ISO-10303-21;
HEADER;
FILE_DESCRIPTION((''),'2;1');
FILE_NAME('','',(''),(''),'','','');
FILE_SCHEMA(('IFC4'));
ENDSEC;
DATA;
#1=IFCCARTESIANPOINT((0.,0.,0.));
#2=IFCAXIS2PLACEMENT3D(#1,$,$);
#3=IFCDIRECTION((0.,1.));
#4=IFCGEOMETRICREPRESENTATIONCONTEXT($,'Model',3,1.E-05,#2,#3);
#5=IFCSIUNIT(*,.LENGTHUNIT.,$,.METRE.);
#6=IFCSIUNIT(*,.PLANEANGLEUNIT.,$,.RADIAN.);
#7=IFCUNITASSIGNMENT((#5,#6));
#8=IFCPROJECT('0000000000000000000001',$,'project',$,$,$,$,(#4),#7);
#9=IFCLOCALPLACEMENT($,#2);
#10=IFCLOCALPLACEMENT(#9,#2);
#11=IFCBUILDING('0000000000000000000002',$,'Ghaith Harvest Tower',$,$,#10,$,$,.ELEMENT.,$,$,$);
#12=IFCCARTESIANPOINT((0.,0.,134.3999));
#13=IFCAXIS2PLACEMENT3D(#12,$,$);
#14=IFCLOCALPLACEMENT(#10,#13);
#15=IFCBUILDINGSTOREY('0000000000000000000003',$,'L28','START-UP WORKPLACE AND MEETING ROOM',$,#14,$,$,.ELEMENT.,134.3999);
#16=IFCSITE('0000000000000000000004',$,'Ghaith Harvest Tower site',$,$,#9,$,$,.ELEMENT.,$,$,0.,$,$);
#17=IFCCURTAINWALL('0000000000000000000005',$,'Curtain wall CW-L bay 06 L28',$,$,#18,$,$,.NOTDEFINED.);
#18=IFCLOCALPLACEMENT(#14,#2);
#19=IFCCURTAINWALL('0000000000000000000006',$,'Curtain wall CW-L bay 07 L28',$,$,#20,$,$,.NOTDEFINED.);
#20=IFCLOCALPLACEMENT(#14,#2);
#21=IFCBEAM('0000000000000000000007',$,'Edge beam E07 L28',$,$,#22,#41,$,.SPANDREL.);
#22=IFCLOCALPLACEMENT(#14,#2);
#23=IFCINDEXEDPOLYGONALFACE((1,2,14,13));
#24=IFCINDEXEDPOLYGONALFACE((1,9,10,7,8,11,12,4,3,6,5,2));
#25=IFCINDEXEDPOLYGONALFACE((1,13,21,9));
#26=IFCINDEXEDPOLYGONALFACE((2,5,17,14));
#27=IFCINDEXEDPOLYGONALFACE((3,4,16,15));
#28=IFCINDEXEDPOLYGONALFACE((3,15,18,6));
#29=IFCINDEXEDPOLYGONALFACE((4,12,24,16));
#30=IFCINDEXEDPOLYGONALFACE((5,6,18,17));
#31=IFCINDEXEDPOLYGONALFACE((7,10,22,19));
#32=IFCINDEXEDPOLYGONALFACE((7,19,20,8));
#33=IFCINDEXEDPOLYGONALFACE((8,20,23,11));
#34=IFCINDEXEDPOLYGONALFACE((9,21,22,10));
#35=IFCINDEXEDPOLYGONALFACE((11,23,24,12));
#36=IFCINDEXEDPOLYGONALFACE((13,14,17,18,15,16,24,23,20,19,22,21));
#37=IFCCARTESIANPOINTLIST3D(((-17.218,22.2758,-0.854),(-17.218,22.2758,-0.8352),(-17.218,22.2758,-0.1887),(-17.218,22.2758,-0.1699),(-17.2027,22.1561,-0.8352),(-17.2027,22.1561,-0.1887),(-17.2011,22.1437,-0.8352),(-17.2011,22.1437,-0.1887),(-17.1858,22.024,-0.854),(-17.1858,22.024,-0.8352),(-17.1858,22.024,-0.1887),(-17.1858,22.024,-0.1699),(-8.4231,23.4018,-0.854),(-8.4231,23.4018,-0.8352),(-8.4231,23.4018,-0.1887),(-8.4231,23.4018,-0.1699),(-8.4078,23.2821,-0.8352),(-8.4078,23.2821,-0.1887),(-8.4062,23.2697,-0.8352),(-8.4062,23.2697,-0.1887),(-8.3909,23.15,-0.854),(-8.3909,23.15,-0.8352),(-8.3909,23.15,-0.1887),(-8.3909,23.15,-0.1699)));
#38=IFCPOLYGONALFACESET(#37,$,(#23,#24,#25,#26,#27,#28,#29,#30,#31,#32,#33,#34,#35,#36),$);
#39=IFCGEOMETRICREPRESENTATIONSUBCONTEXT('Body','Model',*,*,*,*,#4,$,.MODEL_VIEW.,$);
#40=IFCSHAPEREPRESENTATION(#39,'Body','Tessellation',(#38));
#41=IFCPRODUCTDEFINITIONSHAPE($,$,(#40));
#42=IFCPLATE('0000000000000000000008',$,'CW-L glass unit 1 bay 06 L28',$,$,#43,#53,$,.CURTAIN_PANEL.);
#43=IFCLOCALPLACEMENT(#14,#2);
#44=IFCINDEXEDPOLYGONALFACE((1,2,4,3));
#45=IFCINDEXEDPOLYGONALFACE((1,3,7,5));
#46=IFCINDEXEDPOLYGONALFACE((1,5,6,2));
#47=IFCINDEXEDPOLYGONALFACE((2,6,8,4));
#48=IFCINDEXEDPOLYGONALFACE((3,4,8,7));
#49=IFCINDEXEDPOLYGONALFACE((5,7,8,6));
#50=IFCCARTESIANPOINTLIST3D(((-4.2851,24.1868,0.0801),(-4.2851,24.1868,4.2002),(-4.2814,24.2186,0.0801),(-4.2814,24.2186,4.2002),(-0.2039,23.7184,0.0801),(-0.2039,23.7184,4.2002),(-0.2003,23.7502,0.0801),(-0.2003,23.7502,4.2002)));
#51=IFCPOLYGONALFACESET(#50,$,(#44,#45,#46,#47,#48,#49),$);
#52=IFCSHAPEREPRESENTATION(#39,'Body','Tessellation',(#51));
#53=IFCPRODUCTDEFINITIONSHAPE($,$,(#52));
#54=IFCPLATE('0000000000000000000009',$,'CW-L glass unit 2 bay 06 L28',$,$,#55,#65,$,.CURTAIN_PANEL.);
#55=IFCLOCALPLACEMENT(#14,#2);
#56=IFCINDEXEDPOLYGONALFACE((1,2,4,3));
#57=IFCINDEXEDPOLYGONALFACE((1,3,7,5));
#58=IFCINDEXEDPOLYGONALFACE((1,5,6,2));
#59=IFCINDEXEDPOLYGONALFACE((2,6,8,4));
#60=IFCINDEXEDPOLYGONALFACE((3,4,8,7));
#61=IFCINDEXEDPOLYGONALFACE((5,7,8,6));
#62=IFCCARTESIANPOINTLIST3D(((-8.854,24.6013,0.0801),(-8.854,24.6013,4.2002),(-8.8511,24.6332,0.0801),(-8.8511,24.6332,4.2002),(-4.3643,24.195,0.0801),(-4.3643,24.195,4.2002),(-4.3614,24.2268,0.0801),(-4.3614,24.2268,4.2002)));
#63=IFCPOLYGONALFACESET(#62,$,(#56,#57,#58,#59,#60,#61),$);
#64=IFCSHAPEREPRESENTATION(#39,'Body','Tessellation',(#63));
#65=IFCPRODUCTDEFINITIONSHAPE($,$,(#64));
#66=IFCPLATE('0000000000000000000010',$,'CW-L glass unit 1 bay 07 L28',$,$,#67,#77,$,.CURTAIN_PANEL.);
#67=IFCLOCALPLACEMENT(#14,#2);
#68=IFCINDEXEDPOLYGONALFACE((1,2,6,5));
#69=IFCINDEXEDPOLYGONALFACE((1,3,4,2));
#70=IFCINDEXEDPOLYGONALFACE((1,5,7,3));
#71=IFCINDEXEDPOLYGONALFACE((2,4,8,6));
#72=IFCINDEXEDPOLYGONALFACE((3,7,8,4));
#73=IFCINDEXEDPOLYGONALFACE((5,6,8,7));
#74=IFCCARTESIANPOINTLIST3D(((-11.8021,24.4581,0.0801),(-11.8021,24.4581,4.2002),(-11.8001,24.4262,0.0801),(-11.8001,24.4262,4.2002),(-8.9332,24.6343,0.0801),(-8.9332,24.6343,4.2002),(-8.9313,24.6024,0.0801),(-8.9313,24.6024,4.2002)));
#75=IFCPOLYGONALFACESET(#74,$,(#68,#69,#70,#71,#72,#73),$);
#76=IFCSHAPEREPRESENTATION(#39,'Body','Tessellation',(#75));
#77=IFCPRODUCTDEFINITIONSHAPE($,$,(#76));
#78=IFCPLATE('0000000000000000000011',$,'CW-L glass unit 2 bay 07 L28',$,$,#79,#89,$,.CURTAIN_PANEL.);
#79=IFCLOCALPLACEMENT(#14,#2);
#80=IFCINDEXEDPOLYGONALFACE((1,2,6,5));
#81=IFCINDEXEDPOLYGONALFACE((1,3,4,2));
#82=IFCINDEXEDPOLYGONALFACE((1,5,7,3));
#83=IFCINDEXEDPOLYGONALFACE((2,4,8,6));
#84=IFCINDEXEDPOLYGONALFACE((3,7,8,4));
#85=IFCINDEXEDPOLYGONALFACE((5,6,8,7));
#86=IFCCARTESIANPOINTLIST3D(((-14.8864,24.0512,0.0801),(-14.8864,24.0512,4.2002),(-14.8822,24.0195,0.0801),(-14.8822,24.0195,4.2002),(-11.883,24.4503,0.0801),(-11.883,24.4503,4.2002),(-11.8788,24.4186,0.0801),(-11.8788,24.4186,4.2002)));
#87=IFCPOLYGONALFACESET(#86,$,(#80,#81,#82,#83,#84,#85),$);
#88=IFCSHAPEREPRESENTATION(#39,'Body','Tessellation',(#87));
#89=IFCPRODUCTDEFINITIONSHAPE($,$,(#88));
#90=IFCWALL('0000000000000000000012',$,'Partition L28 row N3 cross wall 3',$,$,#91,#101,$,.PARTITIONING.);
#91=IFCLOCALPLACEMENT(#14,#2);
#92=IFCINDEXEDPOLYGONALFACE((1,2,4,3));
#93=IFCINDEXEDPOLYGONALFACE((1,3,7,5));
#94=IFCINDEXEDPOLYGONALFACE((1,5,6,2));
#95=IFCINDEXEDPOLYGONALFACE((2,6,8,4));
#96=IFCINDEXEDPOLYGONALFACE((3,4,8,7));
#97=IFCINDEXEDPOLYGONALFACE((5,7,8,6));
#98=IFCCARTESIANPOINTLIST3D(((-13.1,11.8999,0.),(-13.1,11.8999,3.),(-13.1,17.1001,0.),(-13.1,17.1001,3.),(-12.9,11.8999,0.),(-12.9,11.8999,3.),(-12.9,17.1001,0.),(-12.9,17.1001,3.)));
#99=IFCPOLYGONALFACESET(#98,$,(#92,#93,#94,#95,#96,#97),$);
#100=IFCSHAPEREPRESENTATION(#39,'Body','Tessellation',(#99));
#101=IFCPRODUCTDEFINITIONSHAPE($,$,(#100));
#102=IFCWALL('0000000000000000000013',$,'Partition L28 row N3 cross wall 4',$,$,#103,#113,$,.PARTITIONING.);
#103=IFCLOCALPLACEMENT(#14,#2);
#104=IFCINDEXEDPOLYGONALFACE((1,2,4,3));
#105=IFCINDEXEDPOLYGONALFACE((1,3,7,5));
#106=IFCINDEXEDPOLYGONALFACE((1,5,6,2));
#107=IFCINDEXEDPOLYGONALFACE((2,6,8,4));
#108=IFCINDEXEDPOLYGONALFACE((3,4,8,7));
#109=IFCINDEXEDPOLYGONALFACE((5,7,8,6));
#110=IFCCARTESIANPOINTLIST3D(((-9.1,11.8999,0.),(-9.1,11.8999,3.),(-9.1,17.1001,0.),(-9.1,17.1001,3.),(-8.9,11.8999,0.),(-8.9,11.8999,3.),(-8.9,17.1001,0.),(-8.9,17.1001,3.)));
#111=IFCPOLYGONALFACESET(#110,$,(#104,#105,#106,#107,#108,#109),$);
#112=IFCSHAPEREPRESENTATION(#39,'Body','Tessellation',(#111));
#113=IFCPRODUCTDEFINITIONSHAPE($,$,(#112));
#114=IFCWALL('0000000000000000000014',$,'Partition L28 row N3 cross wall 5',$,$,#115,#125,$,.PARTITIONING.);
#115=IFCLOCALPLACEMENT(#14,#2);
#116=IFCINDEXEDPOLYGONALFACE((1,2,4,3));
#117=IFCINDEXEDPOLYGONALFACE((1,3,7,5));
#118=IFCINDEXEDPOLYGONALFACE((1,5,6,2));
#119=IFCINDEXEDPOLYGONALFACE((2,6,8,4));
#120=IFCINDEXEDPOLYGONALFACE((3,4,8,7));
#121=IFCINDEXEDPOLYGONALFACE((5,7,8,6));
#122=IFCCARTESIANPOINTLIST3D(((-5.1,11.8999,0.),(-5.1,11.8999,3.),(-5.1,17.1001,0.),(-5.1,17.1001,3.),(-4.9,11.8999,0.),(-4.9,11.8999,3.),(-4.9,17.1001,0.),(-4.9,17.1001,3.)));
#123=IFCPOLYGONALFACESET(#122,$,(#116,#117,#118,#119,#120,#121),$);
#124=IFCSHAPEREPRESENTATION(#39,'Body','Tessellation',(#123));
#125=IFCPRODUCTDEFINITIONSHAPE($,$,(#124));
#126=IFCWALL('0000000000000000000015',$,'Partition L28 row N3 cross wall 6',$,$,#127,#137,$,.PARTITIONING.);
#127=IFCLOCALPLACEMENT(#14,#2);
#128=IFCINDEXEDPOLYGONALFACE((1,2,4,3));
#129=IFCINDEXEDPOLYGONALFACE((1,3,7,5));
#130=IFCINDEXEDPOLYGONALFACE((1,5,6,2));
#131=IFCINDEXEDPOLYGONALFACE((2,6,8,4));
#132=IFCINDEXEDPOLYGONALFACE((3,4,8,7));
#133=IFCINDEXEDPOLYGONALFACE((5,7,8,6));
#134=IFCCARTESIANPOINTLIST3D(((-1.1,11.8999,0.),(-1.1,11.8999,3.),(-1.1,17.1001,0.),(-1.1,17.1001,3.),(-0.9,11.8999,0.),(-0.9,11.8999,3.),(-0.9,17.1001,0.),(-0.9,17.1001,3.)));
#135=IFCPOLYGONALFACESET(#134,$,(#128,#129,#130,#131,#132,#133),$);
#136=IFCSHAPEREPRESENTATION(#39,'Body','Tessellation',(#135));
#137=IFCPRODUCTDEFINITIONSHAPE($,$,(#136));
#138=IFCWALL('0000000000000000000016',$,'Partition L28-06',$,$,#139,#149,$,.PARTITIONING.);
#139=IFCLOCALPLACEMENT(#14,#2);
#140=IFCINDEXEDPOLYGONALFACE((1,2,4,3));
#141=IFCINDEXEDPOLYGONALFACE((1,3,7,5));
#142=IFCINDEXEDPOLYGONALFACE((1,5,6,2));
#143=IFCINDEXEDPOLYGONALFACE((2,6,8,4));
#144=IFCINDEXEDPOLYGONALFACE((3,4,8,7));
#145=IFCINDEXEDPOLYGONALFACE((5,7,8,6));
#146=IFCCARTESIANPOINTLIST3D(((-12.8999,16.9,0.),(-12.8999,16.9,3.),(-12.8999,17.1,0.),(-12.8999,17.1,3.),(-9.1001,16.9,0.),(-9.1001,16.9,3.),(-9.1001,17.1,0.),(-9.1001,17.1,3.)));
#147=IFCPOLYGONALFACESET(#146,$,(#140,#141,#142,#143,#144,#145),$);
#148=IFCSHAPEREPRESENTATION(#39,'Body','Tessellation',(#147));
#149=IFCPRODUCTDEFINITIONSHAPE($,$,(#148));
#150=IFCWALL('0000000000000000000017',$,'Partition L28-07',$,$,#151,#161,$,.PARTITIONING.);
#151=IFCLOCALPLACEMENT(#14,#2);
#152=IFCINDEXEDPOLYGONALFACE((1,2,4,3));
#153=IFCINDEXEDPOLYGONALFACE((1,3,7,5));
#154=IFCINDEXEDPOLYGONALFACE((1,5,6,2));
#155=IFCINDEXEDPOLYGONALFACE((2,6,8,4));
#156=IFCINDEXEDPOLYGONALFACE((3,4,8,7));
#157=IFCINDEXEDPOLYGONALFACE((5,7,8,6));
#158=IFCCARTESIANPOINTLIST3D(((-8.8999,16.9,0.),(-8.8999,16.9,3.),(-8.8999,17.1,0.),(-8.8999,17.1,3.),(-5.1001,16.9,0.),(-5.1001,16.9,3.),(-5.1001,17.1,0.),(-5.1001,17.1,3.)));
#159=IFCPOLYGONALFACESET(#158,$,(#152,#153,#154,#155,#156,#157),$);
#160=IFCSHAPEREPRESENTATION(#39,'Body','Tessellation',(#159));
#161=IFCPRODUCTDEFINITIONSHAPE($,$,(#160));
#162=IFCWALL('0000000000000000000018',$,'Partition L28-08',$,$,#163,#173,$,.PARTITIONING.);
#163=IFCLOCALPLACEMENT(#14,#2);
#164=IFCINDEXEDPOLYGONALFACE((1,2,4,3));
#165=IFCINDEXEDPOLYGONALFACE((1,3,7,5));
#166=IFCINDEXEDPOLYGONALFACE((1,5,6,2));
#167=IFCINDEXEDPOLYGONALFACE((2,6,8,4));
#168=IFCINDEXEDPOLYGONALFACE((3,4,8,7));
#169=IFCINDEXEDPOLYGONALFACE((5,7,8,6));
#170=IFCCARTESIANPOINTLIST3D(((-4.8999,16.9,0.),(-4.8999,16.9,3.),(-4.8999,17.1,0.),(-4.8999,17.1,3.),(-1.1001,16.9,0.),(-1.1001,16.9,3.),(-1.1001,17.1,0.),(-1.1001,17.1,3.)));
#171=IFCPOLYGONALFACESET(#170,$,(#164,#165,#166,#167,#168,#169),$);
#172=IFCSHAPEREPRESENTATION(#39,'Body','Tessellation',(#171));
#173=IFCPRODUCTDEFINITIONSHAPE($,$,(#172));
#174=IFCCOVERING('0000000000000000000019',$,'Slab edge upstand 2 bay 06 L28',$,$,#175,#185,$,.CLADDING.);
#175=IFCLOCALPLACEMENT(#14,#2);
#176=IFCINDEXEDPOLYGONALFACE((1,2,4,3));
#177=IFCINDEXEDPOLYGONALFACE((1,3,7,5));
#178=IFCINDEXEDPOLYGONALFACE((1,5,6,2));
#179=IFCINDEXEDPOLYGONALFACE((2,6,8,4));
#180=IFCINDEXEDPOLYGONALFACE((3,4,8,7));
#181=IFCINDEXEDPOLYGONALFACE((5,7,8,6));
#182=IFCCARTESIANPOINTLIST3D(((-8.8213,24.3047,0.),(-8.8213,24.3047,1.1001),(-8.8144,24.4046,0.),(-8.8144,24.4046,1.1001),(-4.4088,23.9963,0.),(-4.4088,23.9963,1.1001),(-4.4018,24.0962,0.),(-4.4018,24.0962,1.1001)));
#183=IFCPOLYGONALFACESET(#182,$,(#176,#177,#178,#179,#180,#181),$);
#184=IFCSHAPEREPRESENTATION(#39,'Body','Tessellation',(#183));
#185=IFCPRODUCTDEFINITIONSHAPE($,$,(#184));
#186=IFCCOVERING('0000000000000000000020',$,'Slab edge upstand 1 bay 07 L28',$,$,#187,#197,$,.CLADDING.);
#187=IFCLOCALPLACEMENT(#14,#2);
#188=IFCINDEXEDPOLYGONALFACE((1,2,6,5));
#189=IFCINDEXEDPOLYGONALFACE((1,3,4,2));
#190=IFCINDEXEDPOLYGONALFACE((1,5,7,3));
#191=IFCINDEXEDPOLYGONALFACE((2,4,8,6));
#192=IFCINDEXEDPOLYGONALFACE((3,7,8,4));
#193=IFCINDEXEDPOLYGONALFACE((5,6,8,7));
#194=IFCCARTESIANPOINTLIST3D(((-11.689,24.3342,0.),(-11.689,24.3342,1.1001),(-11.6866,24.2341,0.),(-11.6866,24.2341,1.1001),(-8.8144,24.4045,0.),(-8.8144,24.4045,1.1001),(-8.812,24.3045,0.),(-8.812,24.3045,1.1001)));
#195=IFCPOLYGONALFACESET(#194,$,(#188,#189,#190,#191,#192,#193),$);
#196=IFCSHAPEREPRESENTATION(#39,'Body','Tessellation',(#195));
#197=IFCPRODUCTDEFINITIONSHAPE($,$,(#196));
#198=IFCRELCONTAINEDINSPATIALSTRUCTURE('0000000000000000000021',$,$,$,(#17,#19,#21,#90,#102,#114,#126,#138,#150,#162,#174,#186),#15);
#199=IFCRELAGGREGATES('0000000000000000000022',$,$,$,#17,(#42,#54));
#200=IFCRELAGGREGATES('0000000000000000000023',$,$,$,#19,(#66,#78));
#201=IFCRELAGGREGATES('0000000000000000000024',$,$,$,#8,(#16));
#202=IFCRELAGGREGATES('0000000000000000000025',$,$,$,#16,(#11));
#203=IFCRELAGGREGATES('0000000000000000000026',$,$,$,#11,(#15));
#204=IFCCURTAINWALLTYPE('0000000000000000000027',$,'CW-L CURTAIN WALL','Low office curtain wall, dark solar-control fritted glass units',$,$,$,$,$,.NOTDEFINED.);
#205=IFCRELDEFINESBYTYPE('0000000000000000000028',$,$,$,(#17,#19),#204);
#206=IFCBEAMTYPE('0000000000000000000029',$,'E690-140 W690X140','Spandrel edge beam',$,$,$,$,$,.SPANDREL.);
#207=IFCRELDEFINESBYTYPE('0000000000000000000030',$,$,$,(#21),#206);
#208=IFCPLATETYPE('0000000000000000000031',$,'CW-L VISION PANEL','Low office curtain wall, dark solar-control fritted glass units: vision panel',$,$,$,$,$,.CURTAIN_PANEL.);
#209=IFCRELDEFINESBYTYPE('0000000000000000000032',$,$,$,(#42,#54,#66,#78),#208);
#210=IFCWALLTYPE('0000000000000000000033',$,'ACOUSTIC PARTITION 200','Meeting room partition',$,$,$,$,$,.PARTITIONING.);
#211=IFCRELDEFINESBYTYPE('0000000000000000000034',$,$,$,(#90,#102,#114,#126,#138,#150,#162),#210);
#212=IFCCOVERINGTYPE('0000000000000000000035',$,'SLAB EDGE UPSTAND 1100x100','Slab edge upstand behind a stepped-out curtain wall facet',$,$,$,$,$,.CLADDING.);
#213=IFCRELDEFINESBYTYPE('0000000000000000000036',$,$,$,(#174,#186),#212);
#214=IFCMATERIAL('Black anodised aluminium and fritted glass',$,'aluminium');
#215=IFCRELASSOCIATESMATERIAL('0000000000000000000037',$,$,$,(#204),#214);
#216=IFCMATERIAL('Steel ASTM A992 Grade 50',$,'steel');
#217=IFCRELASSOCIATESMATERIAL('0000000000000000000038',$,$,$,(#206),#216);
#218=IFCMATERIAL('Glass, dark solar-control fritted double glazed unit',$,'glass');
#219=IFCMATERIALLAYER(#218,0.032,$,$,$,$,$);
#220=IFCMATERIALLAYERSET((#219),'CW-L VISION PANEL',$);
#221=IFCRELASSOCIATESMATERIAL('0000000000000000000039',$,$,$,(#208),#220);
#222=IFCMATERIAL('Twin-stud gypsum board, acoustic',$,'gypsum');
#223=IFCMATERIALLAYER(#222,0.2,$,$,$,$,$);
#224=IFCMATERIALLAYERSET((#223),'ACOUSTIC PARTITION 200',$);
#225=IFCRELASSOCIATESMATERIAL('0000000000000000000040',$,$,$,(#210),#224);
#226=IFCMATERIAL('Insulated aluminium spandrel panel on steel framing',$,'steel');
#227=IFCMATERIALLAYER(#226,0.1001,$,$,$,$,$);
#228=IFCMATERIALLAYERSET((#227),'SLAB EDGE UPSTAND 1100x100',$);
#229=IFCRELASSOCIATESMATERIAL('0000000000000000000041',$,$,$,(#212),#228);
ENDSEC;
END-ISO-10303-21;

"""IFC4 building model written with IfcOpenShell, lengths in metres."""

from ifc_helpers import new_model, si_unit, direction, frame, frame_2d, origin, origin_2d, place, context, subcontext, project, spatial, rectangle, i_section, extrude, material, layer, layer_set, material_profile, profile_set, type_object, element, aggregate, save


model = new_model("IFC4")

# Units and contexts
model_context = context("Model", 3, precision=1e-05, world=origin(), true_north=direction((0.0, 1.0)))
body_context = subcontext(model_context, "Body", "Model", "MODEL_VIEW")
ifc_project = project(units=[si_unit("LENGTHUNIT", "METRE"), si_unit("PLANEANGLEUNIT", "RADIAN")], contexts=[model_context])

# Site, building, storey
site_placement = place(None, origin())
site = spatial("IfcSite", under=ifc_project, at=site_placement, Name="Ghaith Harvest Tower site", CompositionType="ELEMENT", RefElevation=0.0)
building_placement = place(site_placement, origin())
building = spatial("IfcBuilding", under=site, at=building_placement, Name="Ghaith Harvest Tower", CompositionType="ELEMENT")
storey_placement = place(building_placement, frame((0.0, 0.0, 134.3999)))
storey = spatial("IfcBuildingStorey", under=building, at=storey_placement, Name="L28", Description="START-UP WORKPLACE AND MEETING ROOM", CompositionType="ELEMENT", Elevation=134.3999)

# Curtain walls
ifc_material_1 = material(Name="Black anodised aluminium and fritted glass", Category="aluminium")
curtain_wall_type = type_object("IfcCurtainWallType", Name="CW-L CURTAIN WALL", Description="Low office curtain wall, dark solar-control fritted glass units", PredefinedType="NOTDEFINED", material=ifc_material_1)
curtain_wall_1_placement = place(storey_placement, origin())
curtain_wall_1 = element("IfcCurtainWall", 1, at=curtain_wall_1_placement, inside=storey, type_object=curtain_wall_type, Name="Curtain wall CW-L bay 06 L28", PredefinedType="NOTDEFINED")
curtain_wall_2_placement = place(storey_placement, origin())
curtain_wall_2 = element("IfcCurtainWall", 2, at=curtain_wall_2_placement, inside=storey, type_object=curtain_wall_type, Name="Curtain wall CW-L bay 07 L28", PredefinedType="NOTDEFINED")

# Beam
ifc_material_2 = material(Name="Steel ASTM A992 Grade 50", Category="steel")
ifc_material_profile_1 = material_profile(ifc_material_2, i_section(OverallWidth=0.2539, OverallDepth=0.6841, WebThickness=0.0125, FlangeThickness=0.0188, at=origin_2d()), Name="W690X140")
ifc_profile_set_1 = profile_set([ifc_material_profile_1], Name="Steel ASTM A992 Grade 50")
beam_type = type_object("IfcBeamType", Name="E690-140 W690X140", Description="Spandrel edge beam", PredefinedType="SPANDREL", material=ifc_profile_set_1)
beam_1_placement = place(storey_placement, frame((-8.407, 23.2759, -0.512), z_axis=(-0.991904, -0.126989, 0.0), x_axis=(0.126989, -0.991904, 0.0)))
element("IfcBeam", 3, at=beam_1_placement, inside=storey, type_object=beam_type, Name="Edge beam E07 L28", PredefinedType="SPANDREL", context=body_context, shape_type="SweptSolid", body=[
    extrude(i_section(OverallWidth=0.2539, OverallDepth=0.6841, WebThickness=0.0125, FlangeThickness=0.0188, at=origin_2d()), origin(), (0.0, 0.0, 1.0), 8.8667),
])

# Plates
ifc_material_3 = material(Name="Glass, dark solar-control fritted double glazed unit", Category="glass")
ifc_layer_1 = layer(ifc_material_3, 0.032)
ifc_layer_set_1 = layer_set([ifc_layer_1], Name="CW-L VISION PANEL")
plate_type = type_object("IfcPlateType", Name="CW-L VISION PANEL", Description="Low office curtain wall, dark solar-control fritted glass units: vision panel", PredefinedType="CURTAIN_PANEL", material=ifc_layer_set_1)
plate_1_placement = place(storey_placement, frame((-2.2427, 23.9685, 0.0801), z_axis=(0.0, 0.0, 1.0), x_axis=(-0.993477, 0.114032, 0.0)))
plate_1 = element("IfcPlate", 4, at=plate_1_placement, type_object=plate_type, Name="CW-L glass unit 1 bay 06 L28", PredefinedType="CURTAIN_PANEL", context=body_context, shape_type="SweptSolid", body=[
    extrude(rectangle(XDim=4.1079, YDim=0.032, at=origin_2d()), origin(), (0.0, 0.0, 1.0), 4.1201),
])
plate_2_placement = place(storey_placement, frame((-6.6077, 24.4141, 0.0801), z_axis=(0.0, 0.0, 1.0), x_axis=(-0.995929, 0.090144, 0.0)))
plate_2 = element("IfcPlate", 5, at=plate_2_placement, type_object=plate_type, Name="CW-L glass unit 2 bay 06 L28", PredefinedType="CURTAIN_PANEL", context=body_context, shape_type="SweptSolid", body=[
    extrude(rectangle(XDim=4.5081, YDim=0.032, at=origin_2d()), origin(), (0.0, 0.0, 1.0), 4.1201),
])
aggregate(curtain_wall_1, [plate_1, plate_2])
plate_3_placement = place(storey_placement, frame((-10.3667, 24.5303, 0.0801), z_axis=(0.0, 0.0, 1.0), x_axis=(-0.998119, -0.061303, 0.0)))
plate_3 = element("IfcPlate", 6, at=plate_3_placement, type_object=plate_type, Name="CW-L glass unit 1 bay 07 L28", PredefinedType="CURTAIN_PANEL", context=body_context, shape_type="SweptSolid", body=[
    extrude(rectangle(XDim=2.8743, YDim=0.032, at=origin_2d()), origin(), (0.0, 0.0, 1.0), 4.1201),
])
plate_4_placement = place(storey_placement, frame((-13.3826, 24.2349, 0.0801), z_axis=(0.0, 0.0, 1.0), x_axis=(-0.991286, -0.131728, 0.0)))
plate_4 = element("IfcPlate", 7, at=plate_4_placement, type_object=plate_type, Name="CW-L glass unit 2 bay 07 L28", PredefinedType="CURTAIN_PANEL", context=body_context, shape_type="SweptSolid", body=[
    extrude(rectangle(XDim=3.0298, YDim=0.032, at=origin_2d()), origin(), (0.0, 0.0, 1.0), 4.1201),
])
aggregate(curtain_wall_2, [plate_3, plate_4])

# Walls
ifc_material_4 = material(Name="Twin-stud gypsum board, acoustic", Category="gypsum")
ifc_layer_2 = layer(ifc_material_4, 0.2)
ifc_layer_set_2 = layer_set([ifc_layer_2], Name="ACOUSTIC PARTITION 200")
wall_type = type_object("IfcWallType", Name="ACOUSTIC PARTITION 200", Description="Meeting room partition", PredefinedType="PARTITIONING", material=ifc_layer_set_2)
for number, where, z_axis, x_axis, name in (
    (8, (-13.0, 11.8999, 0.0), (0.0, 0.0, 1.0), (0.0, 1.0, 0.0), "Partition L28 row N3 cross wall 3"),
    (9, (-9.0, 11.8999, 0.0), (0.0, 0.0, 1.0), (0.0, 1.0, 0.0), "Partition L28 row N3 cross wall 4"),
    (10, (-5.0, 11.8999, 0.0), (0.0, 0.0, 1.0), (0.0, 1.0, 0.0), "Partition L28 row N3 cross wall 5"),
    (11, (-1.0, 11.8999, 0.0), (0.0, 0.0, 1.0), (0.0, 1.0, 0.0), "Partition L28 row N3 cross wall 6"),
):
    element("IfcWall", number, at=place(storey_placement, frame(where, z_axis=z_axis, x_axis=x_axis)), inside=storey, type_object=wall_type, Name=name, PredefinedType="PARTITIONING", context=body_context, shape_type="SweptSolid", body=[
        extrude(rectangle(XDim=5.2002, YDim=0.2, at=frame_2d((2.6001, 0.0))), origin(), (0.0, 0.0, 1.0), 3.0),
    ])

# Wall
wall_1_placement = place(storey_placement, frame((-12.8999, 17.0, 0.0), z_axis=(0.0, 0.0, 1.0), x_axis=(1.0, 0.0, 0.0)))
element("IfcWall", 12, at=wall_1_placement, inside=storey, type_object=wall_type, Name="Partition L28-06", PredefinedType="PARTITIONING", context=body_context, shape_type="SweptSolid", body=[
    extrude(rectangle(XDim=3.7998, YDim=0.2, at=frame_2d((1.8999, 0.0))), origin(), (0.0, 0.0, 1.0), 3.0),
])

# Wall
wall_2_placement = place(storey_placement, frame((-8.8999, 17.0, 0.0), z_axis=(0.0, 0.0, 1.0), x_axis=(1.0, 0.0, 0.0)))
element("IfcWall", 13, at=wall_2_placement, inside=storey, type_object=wall_type, Name="Partition L28-07", PredefinedType="PARTITIONING", context=body_context, shape_type="SweptSolid", body=[
    extrude(rectangle(XDim=3.7998, YDim=0.2, at=frame_2d((1.8999, 0.0))), origin(), (0.0, 0.0, 1.0), 3.0),
])

# Wall
wall_3_placement = place(storey_placement, frame((-4.8999, 17.0, 0.0), z_axis=(0.0, 0.0, 1.0), x_axis=(1.0, 0.0, 0.0)))
element("IfcWall", 14, at=wall_3_placement, inside=storey, type_object=wall_type, Name="Partition L28-08", PredefinedType="PARTITIONING", context=body_context, shape_type="SweptSolid", body=[
    extrude(rectangle(XDim=3.7998, YDim=0.2, at=frame_2d((1.8999, 0.0))), origin(), (0.0, 0.0, 1.0), 3.0),
])

# Coverings
ifc_material_5 = material(Name="Insulated aluminium spandrel panel on steel framing", Category="steel")
ifc_layer_3 = layer(ifc_material_5, 0.1001)
ifc_layer_set_3 = layer_set([ifc_layer_3], Name="SLAB EDGE UPSTAND 1100x100")
covering_type = type_object("IfcCoveringType", Name="SLAB EDGE UPSTAND 1100x100", Description="Slab edge upstand behind a stepped-out curtain wall facet", PredefinedType="CLADDING", material=ifc_layer_set_3)
covering_1_placement = place(storey_placement, frame((-6.6116, 24.2004, 0.0), z_axis=(0.0, 0.0, 1.0), x_axis=(-0.997566, 0.069726, 0.0)))
element("IfcCovering", 15, at=covering_1_placement, inside=storey, type_object=covering_type, Name="Slab edge upstand 2 bay 06 L28", PredefinedType="CLADDING", context=body_context, shape_type="SweptSolid", body=[
    extrude(rectangle(XDim=4.4233, YDim=0.1001, at=origin_2d()), origin(), (0.0, 0.0, 1.0), 1.1001),
])
covering_2_placement = place(storey_placement, frame((-10.2505, 24.3193, 0.0), z_axis=(0.0, 0.0, 1.0), x_axis=(-0.999701, -0.024458, 0.0)))
element("IfcCovering", 16, at=covering_2_placement, inside=storey, type_object=covering_type, Name="Slab edge upstand 1 bay 07 L28", PredefinedType="CLADDING", context=body_context, shape_type="SweptSolid", body=[
    extrude(rectangle(XDim=2.8755, YDim=0.1001, at=origin_2d()), origin(), (0.0, 0.0, 1.0), 1.1001),
])

save(model, "model.ifc")
